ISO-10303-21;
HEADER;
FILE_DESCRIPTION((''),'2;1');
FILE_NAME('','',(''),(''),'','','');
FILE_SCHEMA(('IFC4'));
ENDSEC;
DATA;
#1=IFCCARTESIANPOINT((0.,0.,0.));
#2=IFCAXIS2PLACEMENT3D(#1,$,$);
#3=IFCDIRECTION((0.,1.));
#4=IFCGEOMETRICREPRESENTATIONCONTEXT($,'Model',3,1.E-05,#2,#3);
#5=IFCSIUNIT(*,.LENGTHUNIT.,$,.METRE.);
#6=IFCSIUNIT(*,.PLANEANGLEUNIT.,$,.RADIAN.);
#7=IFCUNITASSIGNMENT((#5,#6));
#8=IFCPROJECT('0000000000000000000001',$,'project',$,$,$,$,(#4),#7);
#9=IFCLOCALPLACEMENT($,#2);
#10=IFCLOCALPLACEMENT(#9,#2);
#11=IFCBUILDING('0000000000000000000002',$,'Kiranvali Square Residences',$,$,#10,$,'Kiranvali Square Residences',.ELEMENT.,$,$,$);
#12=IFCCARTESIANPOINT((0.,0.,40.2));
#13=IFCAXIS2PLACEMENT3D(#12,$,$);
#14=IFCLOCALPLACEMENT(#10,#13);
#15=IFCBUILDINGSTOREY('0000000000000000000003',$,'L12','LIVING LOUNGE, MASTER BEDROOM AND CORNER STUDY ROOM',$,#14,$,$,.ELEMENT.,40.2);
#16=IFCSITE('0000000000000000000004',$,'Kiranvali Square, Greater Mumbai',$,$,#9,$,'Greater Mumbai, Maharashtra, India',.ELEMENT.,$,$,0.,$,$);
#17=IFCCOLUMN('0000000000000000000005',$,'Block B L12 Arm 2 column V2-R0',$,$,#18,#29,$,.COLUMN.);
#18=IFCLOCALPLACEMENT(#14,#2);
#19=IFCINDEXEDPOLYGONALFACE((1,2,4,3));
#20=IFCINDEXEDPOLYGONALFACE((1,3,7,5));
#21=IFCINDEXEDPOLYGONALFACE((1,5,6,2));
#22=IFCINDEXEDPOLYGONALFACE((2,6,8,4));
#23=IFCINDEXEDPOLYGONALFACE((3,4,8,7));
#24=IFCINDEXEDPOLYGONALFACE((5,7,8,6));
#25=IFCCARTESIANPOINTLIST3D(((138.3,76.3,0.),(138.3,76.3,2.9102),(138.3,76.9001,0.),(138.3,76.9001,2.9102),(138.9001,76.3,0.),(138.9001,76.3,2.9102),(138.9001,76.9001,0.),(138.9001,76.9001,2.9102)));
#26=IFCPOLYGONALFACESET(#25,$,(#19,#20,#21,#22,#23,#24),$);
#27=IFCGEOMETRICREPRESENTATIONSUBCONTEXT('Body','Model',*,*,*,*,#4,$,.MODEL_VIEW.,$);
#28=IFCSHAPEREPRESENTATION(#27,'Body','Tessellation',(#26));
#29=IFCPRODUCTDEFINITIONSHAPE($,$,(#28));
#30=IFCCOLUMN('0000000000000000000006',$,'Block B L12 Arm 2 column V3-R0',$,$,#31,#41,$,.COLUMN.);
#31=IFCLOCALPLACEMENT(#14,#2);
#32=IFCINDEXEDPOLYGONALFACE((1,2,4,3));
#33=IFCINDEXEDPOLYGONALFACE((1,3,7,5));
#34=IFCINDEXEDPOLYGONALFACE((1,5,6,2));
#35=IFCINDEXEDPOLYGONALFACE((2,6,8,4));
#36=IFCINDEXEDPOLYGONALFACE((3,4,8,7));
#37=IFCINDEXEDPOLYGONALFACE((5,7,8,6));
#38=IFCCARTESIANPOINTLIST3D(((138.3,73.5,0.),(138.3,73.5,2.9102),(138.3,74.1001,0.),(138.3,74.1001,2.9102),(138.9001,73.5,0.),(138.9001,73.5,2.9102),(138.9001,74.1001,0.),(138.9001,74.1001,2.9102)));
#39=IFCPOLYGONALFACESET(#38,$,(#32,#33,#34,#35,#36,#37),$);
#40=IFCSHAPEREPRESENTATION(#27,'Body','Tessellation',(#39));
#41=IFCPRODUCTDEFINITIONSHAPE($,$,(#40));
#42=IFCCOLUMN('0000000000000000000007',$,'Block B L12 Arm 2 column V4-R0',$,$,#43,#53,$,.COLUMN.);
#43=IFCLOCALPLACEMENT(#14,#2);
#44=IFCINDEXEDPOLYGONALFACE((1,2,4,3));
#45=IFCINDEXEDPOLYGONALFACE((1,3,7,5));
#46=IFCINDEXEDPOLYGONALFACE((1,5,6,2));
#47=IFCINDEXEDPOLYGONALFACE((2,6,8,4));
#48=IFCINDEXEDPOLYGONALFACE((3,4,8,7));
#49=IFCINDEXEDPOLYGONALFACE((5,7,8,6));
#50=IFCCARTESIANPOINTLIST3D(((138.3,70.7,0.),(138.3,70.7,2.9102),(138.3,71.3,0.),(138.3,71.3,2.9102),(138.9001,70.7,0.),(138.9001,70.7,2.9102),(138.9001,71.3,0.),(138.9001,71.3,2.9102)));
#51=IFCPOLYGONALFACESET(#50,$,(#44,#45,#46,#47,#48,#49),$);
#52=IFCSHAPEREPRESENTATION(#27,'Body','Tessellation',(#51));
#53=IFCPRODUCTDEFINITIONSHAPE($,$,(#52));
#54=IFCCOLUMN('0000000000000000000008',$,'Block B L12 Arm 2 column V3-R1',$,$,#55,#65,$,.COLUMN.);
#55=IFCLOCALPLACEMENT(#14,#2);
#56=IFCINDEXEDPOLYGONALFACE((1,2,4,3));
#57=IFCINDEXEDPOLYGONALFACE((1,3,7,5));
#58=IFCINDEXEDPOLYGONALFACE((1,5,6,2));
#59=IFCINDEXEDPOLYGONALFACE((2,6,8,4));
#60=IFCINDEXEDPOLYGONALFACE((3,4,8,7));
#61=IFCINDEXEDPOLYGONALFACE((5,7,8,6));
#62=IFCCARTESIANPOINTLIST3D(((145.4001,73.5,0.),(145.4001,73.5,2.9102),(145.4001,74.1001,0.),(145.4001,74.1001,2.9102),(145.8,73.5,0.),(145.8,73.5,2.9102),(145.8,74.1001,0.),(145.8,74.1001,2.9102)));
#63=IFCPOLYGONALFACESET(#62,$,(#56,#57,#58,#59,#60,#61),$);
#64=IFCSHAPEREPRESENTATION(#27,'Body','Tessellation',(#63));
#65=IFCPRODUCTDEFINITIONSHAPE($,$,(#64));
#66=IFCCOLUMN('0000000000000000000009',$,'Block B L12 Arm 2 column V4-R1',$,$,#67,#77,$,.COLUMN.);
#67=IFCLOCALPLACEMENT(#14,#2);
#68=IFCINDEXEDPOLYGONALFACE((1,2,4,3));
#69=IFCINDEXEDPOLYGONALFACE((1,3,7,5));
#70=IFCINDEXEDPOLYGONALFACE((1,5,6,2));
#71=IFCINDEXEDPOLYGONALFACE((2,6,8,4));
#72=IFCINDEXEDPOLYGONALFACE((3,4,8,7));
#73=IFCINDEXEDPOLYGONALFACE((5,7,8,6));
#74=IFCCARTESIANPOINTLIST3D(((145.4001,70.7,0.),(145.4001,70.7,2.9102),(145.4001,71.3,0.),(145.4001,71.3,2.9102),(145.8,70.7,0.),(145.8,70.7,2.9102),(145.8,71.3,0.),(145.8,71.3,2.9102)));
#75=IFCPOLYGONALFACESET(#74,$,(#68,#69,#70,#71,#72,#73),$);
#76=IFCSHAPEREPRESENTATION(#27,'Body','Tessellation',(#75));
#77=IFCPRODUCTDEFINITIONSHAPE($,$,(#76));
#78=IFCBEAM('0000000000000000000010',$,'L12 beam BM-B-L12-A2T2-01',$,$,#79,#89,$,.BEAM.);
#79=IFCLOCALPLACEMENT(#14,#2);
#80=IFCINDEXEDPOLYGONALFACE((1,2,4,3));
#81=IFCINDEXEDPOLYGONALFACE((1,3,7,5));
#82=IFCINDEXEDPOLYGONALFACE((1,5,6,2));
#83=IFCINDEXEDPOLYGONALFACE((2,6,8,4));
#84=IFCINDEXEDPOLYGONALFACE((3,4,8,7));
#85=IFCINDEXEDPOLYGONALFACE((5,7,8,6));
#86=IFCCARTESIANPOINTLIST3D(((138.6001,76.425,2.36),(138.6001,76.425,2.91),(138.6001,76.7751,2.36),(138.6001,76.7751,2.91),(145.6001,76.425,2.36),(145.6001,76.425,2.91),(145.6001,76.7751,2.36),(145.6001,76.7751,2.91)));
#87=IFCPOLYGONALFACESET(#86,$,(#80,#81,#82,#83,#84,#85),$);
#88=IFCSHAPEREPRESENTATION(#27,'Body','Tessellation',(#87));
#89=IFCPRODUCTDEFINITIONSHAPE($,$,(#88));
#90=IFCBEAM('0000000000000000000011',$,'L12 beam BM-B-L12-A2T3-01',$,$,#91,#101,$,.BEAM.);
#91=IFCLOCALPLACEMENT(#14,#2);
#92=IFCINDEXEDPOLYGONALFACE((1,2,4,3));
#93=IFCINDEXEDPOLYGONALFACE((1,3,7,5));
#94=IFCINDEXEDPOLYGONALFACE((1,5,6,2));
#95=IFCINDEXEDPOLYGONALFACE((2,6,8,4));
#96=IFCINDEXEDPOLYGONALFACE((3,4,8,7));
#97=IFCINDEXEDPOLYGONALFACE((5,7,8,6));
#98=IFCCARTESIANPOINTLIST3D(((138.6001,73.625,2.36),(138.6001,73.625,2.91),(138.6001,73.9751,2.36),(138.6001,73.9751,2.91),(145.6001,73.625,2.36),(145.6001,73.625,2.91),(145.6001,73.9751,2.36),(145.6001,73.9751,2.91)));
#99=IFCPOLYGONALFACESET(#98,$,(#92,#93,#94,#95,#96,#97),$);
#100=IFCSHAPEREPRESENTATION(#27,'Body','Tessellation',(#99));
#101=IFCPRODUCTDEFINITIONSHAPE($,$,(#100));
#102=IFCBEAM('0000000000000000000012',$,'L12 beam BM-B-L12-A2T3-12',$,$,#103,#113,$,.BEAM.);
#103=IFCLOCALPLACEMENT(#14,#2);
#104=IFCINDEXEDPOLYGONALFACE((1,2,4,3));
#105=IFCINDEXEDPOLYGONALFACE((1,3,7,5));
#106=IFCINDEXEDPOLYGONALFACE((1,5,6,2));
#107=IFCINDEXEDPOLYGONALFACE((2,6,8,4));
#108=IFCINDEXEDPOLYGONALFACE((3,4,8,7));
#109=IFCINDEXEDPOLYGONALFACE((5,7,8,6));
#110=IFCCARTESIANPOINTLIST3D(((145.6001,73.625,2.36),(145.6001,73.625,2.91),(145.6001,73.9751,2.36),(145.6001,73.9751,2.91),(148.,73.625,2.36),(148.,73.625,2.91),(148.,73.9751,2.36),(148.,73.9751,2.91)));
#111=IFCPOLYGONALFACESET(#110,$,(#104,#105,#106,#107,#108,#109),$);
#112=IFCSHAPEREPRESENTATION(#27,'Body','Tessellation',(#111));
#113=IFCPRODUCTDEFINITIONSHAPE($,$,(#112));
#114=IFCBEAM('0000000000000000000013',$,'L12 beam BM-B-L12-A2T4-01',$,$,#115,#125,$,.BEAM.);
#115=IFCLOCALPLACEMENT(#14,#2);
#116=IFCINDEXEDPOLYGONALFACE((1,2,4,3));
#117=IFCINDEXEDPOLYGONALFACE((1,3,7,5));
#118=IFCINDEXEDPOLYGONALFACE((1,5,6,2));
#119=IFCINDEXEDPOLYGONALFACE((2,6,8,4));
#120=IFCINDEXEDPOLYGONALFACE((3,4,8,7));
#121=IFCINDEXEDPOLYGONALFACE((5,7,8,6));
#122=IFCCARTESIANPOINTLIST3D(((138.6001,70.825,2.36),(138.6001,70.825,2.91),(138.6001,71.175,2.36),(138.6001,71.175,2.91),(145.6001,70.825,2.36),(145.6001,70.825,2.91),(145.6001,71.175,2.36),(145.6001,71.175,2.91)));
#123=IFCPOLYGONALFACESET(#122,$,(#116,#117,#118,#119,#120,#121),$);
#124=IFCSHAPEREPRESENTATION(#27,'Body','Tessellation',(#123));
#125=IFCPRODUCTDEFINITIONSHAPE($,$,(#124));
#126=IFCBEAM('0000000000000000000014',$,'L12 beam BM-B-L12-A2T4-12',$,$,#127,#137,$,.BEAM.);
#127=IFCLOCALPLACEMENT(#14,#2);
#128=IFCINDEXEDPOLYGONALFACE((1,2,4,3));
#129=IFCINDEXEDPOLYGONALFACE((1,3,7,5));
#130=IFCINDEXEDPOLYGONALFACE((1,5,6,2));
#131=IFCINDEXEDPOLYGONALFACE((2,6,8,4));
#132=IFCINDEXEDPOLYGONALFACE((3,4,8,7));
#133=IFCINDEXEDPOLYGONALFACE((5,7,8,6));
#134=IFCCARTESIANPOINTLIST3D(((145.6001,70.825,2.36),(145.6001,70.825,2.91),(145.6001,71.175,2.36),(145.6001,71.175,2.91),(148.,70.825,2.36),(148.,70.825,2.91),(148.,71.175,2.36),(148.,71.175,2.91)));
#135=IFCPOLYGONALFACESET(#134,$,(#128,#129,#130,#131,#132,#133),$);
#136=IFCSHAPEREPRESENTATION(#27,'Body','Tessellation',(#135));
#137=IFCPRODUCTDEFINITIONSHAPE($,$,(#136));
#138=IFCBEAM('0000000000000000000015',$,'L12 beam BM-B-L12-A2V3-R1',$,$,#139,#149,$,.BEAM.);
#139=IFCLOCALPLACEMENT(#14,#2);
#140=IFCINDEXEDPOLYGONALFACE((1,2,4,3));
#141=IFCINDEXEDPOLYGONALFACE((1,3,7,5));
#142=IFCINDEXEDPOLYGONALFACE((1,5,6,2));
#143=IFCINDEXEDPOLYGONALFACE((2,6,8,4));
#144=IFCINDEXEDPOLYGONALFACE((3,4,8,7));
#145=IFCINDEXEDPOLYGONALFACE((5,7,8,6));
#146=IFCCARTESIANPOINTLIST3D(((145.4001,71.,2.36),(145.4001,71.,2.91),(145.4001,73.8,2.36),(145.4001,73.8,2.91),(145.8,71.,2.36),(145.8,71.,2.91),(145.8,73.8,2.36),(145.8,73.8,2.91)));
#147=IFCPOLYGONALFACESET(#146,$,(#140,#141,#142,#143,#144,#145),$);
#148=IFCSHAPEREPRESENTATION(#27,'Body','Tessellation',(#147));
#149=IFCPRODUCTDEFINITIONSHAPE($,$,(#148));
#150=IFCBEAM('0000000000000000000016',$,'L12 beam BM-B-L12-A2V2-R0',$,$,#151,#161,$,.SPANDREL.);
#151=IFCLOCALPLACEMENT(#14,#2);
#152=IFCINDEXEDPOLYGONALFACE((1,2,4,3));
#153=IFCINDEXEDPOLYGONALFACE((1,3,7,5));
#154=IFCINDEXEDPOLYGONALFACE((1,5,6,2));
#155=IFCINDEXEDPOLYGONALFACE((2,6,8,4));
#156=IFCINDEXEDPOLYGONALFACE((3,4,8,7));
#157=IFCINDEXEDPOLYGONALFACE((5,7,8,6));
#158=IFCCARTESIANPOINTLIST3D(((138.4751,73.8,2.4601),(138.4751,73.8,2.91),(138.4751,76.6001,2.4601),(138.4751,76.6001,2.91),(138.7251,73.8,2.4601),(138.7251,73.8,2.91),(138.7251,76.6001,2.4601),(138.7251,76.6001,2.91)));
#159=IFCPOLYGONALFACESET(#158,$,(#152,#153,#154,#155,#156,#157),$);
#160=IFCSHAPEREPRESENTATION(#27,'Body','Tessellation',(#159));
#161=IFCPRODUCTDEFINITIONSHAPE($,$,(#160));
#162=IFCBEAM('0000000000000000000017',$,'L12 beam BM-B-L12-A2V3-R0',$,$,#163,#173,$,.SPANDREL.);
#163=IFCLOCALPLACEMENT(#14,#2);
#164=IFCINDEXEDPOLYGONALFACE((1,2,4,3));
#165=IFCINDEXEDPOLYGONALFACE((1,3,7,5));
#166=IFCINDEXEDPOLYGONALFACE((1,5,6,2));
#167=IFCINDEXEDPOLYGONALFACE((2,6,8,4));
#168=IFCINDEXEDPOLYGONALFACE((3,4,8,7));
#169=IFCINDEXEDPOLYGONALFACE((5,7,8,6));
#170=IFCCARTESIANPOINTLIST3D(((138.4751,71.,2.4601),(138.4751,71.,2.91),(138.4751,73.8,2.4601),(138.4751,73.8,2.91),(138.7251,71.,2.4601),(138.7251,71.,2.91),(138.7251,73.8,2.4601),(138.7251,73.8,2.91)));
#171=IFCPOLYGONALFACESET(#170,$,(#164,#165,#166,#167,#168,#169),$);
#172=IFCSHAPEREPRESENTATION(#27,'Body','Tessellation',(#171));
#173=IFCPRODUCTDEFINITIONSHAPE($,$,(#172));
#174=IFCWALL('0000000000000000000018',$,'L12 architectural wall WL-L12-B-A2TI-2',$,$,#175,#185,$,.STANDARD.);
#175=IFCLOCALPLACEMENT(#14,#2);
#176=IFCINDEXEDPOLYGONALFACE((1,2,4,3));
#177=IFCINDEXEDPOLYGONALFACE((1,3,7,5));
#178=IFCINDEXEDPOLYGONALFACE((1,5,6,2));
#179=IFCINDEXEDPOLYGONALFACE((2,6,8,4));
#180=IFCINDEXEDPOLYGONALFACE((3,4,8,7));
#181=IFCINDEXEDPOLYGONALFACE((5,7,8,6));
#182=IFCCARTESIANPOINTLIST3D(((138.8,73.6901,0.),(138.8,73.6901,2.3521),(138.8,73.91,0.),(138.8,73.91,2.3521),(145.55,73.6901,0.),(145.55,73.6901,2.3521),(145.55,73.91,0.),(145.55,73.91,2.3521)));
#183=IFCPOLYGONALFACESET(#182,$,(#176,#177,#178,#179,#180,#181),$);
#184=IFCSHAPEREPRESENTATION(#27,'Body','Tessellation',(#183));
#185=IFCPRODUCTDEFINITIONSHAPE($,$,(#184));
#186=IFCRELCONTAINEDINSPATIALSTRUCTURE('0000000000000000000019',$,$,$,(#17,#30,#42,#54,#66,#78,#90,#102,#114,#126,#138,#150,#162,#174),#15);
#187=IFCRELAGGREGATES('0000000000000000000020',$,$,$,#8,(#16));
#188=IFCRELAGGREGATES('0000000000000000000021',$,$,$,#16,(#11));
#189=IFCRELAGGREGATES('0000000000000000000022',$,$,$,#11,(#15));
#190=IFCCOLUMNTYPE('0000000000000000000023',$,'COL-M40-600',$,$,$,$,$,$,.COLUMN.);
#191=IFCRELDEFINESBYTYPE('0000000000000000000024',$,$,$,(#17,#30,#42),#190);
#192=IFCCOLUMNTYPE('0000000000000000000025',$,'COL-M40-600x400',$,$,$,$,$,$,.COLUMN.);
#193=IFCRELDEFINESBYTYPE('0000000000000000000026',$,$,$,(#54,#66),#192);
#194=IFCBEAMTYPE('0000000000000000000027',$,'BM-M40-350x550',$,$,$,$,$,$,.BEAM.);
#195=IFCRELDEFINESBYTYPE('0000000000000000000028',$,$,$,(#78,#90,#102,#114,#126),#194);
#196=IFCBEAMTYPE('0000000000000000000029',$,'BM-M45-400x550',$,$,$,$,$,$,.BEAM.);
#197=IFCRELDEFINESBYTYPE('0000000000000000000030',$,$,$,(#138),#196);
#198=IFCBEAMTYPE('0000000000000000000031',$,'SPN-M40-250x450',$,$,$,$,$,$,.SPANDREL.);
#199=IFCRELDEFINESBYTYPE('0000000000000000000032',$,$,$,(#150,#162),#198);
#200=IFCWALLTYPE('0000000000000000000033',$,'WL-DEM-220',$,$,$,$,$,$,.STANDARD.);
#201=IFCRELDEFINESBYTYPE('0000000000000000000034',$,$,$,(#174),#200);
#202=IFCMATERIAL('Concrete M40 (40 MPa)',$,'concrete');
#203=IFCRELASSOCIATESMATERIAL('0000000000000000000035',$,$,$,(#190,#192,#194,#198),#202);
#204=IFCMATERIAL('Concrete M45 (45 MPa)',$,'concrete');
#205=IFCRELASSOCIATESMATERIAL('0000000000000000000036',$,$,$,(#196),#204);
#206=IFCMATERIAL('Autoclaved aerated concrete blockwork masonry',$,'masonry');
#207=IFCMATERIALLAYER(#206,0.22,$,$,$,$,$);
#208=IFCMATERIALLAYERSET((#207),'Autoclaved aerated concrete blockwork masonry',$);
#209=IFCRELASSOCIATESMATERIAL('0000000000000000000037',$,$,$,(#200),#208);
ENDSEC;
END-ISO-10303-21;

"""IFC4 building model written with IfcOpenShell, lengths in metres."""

from ifc_helpers import new_model, si_unit, direction, frame, frame_2d, origin, origin_2d, place, context, subcontext, project, spatial, rectangle, extrude, material, layer, layer_set, material_profile, profile_set, type_object, element, save


model = new_model("IFC4")

# Units and contexts
model_context = context("Model", 3, precision=1e-05, world=origin(), true_north=direction((0.0, 1.0)))
body_context = subcontext(model_context, "Body", "Model", "MODEL_VIEW")
ifc_project = project(units=[si_unit("LENGTHUNIT", "METRE"), si_unit("PLANEANGLEUNIT", "RADIAN")], contexts=[model_context])

# Site, building, storey
site_placement = place(None, origin())
site = spatial("IfcSite", under=ifc_project, at=site_placement, Name="Kiranvali Square, Greater Mumbai", LongName="Greater Mumbai, Maharashtra, India", CompositionType="ELEMENT", RefElevation=0.0)
building_placement = place(site_placement, origin())
building = spatial("IfcBuilding", under=site, at=building_placement, Name="Kiranvali Square Residences", LongName="Kiranvali Square Residences", CompositionType="ELEMENT")
storey_placement = place(building_placement, frame((0.0, 0.0, 40.2)))
storey = spatial("IfcBuildingStorey", under=building, at=storey_placement, Name="L12", Description="LIVING LOUNGE, MASTER BEDROOM AND CORNER STUDY ROOM", CompositionType="ELEMENT", Elevation=40.2)

# Columns
ifc_material_1 = material(Name="Concrete M40 (40 MPa)", Category="concrete")
ifc_material_profile_1 = material_profile(ifc_material_1, rectangle(XDim=0.6001, YDim=0.6001, at=origin_2d()), Name="RC 600x600")
ifc_profile_set_1 = profile_set([ifc_material_profile_1], Name="Concrete M40 (40 MPa)")
column_type_1 = type_object("IfcColumnType", Name="COL-M40-600", PredefinedType="COLUMN", material=ifc_profile_set_1)
for number, where, z_axis, x_axis, name in (
    (1, (138.6001, 76.6001, 0.0), (0.0, 0.0, 1.0), (1.0, 0.0, 0.0), "Block B L12 Arm 2 column V2-R0"),
    (2, (138.6001, 73.8, 0.0), (0.0, 0.0, 1.0), (1.0, 0.0, 0.0), "Block B L12 Arm 2 column V3-R0"),
    (3, (138.6001, 71.0, 0.0), (0.0, 0.0, 1.0), (1.0, 0.0, 0.0), "Block B L12 Arm 2 column V4-R0"),
):
    element("IfcColumn", number, at=place(storey_placement, frame(where, z_axis=z_axis, x_axis=x_axis)), inside=storey, type_object=column_type_1, Name=name, PredefinedType="COLUMN", context=body_context, shape_type="SweptSolid", body=[
        extrude(rectangle(XDim=0.6001, YDim=0.6001, at=origin_2d()), origin(), (0.0, 0.0, 1.0), 2.9102),
    ])
ifc_material_profile_2 = material_profile(ifc_material_1, rectangle(XDim=0.3999, YDim=0.6001, at=origin_2d()), Name="RC 600x400")
ifc_profile_set_2 = profile_set([ifc_material_profile_2], Name="Concrete M40 (40 MPa)")
column_type_2 = type_object("IfcColumnType", Name="COL-M40-600x400", PredefinedType="COLUMN", material=ifc_profile_set_2)
for number, where, z_axis, x_axis, name in (
    (4, (145.6001, 73.8, 0.0), (0.0, 0.0, 1.0), (1.0, 0.0, 0.0), "Block B L12 Arm 2 column V3-R1"),
    (5, (145.6001, 71.0, 0.0), (0.0, 0.0, 1.0), (1.0, 0.0, 0.0), "Block B L12 Arm 2 column V4-R1"),
):
    element("IfcColumn", number, at=place(storey_placement, frame(where, z_axis=z_axis, x_axis=x_axis)), inside=storey, type_object=column_type_2, Name=name, PredefinedType="COLUMN", context=body_context, shape_type="SweptSolid", body=[
        extrude(rectangle(XDim=0.3999, YDim=0.6001, at=origin_2d()), origin(), (0.0, 0.0, 1.0), 2.9102),
    ])

# Beams
ifc_material_profile_3 = material_profile(ifc_material_1, rectangle(XDim=0.3501, YDim=0.55, at=origin_2d()), Name="RC 350x550")
ifc_profile_set_3 = profile_set([ifc_material_profile_3], Name="Concrete M40 (40 MPa)")
beam_type_1 = type_object("IfcBeamType", Name="BM-M40-350x550", PredefinedType="BEAM", material=ifc_profile_set_3)
for number, where, z_axis, x_axis, name in (
    (6, (138.6001, 76.6001, 2.635), (1.0, 0.0, 0.0), (0.0, 1.0, 0.0), "L12 beam BM-B-L12-A2T2-01"),
    (7, (138.6001, 73.8, 2.635), (1.0, 0.0, 0.0), (0.0, 1.0, 0.0), "L12 beam BM-B-L12-A2T3-01"),
):
    element("IfcBeam", number, at=place(storey_placement, frame(where, z_axis=z_axis, x_axis=x_axis)), inside=storey, type_object=beam_type_1, Name=name, PredefinedType="BEAM", context=body_context, shape_type="SweptSolid", body=[
        extrude(rectangle(XDim=0.3501, YDim=0.55, at=origin_2d()), origin(), (0.0, 0.0, 1.0), 7.0),
    ])
beam_1_placement = place(storey_placement, frame((145.6001, 73.8, 2.635), z_axis=(1.0, 0.0, 0.0), x_axis=(0.0, 1.0, 0.0)))
element("IfcBeam", 8, at=beam_1_placement, inside=storey, type_object=beam_type_1, Name="L12 beam BM-B-L12-A2T3-12", PredefinedType="BEAM", context=body_context, shape_type="SweptSolid", body=[
    extrude(rectangle(XDim=0.3501, YDim=0.55, at=origin_2d()), origin(), (0.0, 0.0, 1.0), 2.3999),
])
beam_2_placement = place(storey_placement, frame((138.6001, 71.0, 2.635), z_axis=(1.0, 0.0, 0.0), x_axis=(0.0, 1.0, 0.0)))
element("IfcBeam", 9, at=beam_2_placement, inside=storey, type_object=beam_type_1, Name="L12 beam BM-B-L12-A2T4-01", PredefinedType="BEAM", context=body_context, shape_type="SweptSolid", body=[
    extrude(rectangle(XDim=0.3501, YDim=0.55, at=origin_2d()), origin(), (0.0, 0.0, 1.0), 7.0),
])
beam_3_placement = place(storey_placement, frame((145.6001, 71.0, 2.635), z_axis=(1.0, 0.0, 0.0), x_axis=(0.0, 1.0, 0.0)))
element("IfcBeam", 10, at=beam_3_placement, inside=storey, type_object=beam_type_1, Name="L12 beam BM-B-L12-A2T4-12", PredefinedType="BEAM", context=body_context, shape_type="SweptSolid", body=[
    extrude(rectangle(XDim=0.3501, YDim=0.55, at=origin_2d()), origin(), (0.0, 0.0, 1.0), 2.3999),
])
ifc_material_2 = material(Name="Concrete M45 (45 MPa)", Category="concrete")
ifc_material_profile_4 = material_profile(ifc_material_2, rectangle(XDim=0.3999, YDim=0.55, at=origin_2d()), Name="RC 400x550")
ifc_profile_set_4 = profile_set([ifc_material_profile_4], Name="Concrete M45 (45 MPa)")
beam_type_2 = type_object("IfcBeamType", Name="BM-M45-400x550", PredefinedType="BEAM", material=ifc_profile_set_4)
beam_4_placement = place(storey_placement, frame((145.6001, 73.8, 2.635), z_axis=(0.0, -1.0, 0.0), x_axis=(1.0, 0.0, 0.0)))
element("IfcBeam", 11, at=beam_4_placement, inside=storey, type_object=beam_type_2, Name="L12 beam BM-B-L12-A2V3-R1", PredefinedType="BEAM", context=body_context, shape_type="SweptSolid", body=[
    extrude(rectangle(XDim=0.3999, YDim=0.55, at=origin_2d()), origin(), (0.0, 0.0, 1.0), 2.8),
])
ifc_material_profile_5 = material_profile(ifc_material_1, rectangle(XDim=0.25, YDim=0.45, at=origin_2d()), Name="RC 250x450")
ifc_profile_set_5 = profile_set([ifc_material_profile_5], Name="Concrete M40 (40 MPa)")
beam_type_3 = type_object("IfcBeamType", Name="SPN-M40-250x450", PredefinedType="SPANDREL", material=ifc_profile_set_5)
for number, where, z_axis, x_axis, name in (
    (12, (138.6001, 76.6001, 2.6851), (0.0, -1.0, 0.0), (1.0, 0.0, 0.0), "L12 beam BM-B-L12-A2V2-R0"),
    (13, (138.6001, 73.8, 2.6851), (0.0, -1.0, 0.0), (1.0, 0.0, 0.0), "L12 beam BM-B-L12-A2V3-R0"),
):
    element("IfcBeam", number, at=place(storey_placement, frame(where, z_axis=z_axis, x_axis=x_axis)), inside=storey, type_object=beam_type_3, Name=name, PredefinedType="SPANDREL", context=body_context, shape_type="SweptSolid", body=[
        extrude(rectangle(XDim=0.25, YDim=0.45, at=origin_2d()), origin(), (0.0, 0.0, 1.0), 2.8),
    ])

# Wall
ifc_material_3 = material(Name="Autoclaved aerated concrete blockwork masonry", Category="masonry")
ifc_layer_1 = layer(ifc_material_3, 0.22)
ifc_layer_set_1 = layer_set([ifc_layer_1], Name="Autoclaved aerated concrete blockwork masonry")
wall_type_1 = type_object("IfcWallType", Name="WL-DEM-220", PredefinedType="STANDARD", material=ifc_layer_set_1)
wall_1_placement = place(storey_placement, frame((138.8, 73.8, 0.0), z_axis=(0.0, 0.0, 1.0), x_axis=(1.0, 0.0, 0.0)))
element("IfcWall", 14, at=wall_1_placement, inside=storey, type_object=wall_type_1, Name="L12 architectural wall WL-L12-B-A2TI-2", PredefinedType="STANDARD", context=body_context, shape_type="SweptSolid", body=[
    extrude(rectangle(XDim=6.75, YDim=0.22, at=frame_2d((3.375, 0.0))), origin(), (0.0, 0.0, 1.0), 2.3521),
])

save(model, "model.ifc")
